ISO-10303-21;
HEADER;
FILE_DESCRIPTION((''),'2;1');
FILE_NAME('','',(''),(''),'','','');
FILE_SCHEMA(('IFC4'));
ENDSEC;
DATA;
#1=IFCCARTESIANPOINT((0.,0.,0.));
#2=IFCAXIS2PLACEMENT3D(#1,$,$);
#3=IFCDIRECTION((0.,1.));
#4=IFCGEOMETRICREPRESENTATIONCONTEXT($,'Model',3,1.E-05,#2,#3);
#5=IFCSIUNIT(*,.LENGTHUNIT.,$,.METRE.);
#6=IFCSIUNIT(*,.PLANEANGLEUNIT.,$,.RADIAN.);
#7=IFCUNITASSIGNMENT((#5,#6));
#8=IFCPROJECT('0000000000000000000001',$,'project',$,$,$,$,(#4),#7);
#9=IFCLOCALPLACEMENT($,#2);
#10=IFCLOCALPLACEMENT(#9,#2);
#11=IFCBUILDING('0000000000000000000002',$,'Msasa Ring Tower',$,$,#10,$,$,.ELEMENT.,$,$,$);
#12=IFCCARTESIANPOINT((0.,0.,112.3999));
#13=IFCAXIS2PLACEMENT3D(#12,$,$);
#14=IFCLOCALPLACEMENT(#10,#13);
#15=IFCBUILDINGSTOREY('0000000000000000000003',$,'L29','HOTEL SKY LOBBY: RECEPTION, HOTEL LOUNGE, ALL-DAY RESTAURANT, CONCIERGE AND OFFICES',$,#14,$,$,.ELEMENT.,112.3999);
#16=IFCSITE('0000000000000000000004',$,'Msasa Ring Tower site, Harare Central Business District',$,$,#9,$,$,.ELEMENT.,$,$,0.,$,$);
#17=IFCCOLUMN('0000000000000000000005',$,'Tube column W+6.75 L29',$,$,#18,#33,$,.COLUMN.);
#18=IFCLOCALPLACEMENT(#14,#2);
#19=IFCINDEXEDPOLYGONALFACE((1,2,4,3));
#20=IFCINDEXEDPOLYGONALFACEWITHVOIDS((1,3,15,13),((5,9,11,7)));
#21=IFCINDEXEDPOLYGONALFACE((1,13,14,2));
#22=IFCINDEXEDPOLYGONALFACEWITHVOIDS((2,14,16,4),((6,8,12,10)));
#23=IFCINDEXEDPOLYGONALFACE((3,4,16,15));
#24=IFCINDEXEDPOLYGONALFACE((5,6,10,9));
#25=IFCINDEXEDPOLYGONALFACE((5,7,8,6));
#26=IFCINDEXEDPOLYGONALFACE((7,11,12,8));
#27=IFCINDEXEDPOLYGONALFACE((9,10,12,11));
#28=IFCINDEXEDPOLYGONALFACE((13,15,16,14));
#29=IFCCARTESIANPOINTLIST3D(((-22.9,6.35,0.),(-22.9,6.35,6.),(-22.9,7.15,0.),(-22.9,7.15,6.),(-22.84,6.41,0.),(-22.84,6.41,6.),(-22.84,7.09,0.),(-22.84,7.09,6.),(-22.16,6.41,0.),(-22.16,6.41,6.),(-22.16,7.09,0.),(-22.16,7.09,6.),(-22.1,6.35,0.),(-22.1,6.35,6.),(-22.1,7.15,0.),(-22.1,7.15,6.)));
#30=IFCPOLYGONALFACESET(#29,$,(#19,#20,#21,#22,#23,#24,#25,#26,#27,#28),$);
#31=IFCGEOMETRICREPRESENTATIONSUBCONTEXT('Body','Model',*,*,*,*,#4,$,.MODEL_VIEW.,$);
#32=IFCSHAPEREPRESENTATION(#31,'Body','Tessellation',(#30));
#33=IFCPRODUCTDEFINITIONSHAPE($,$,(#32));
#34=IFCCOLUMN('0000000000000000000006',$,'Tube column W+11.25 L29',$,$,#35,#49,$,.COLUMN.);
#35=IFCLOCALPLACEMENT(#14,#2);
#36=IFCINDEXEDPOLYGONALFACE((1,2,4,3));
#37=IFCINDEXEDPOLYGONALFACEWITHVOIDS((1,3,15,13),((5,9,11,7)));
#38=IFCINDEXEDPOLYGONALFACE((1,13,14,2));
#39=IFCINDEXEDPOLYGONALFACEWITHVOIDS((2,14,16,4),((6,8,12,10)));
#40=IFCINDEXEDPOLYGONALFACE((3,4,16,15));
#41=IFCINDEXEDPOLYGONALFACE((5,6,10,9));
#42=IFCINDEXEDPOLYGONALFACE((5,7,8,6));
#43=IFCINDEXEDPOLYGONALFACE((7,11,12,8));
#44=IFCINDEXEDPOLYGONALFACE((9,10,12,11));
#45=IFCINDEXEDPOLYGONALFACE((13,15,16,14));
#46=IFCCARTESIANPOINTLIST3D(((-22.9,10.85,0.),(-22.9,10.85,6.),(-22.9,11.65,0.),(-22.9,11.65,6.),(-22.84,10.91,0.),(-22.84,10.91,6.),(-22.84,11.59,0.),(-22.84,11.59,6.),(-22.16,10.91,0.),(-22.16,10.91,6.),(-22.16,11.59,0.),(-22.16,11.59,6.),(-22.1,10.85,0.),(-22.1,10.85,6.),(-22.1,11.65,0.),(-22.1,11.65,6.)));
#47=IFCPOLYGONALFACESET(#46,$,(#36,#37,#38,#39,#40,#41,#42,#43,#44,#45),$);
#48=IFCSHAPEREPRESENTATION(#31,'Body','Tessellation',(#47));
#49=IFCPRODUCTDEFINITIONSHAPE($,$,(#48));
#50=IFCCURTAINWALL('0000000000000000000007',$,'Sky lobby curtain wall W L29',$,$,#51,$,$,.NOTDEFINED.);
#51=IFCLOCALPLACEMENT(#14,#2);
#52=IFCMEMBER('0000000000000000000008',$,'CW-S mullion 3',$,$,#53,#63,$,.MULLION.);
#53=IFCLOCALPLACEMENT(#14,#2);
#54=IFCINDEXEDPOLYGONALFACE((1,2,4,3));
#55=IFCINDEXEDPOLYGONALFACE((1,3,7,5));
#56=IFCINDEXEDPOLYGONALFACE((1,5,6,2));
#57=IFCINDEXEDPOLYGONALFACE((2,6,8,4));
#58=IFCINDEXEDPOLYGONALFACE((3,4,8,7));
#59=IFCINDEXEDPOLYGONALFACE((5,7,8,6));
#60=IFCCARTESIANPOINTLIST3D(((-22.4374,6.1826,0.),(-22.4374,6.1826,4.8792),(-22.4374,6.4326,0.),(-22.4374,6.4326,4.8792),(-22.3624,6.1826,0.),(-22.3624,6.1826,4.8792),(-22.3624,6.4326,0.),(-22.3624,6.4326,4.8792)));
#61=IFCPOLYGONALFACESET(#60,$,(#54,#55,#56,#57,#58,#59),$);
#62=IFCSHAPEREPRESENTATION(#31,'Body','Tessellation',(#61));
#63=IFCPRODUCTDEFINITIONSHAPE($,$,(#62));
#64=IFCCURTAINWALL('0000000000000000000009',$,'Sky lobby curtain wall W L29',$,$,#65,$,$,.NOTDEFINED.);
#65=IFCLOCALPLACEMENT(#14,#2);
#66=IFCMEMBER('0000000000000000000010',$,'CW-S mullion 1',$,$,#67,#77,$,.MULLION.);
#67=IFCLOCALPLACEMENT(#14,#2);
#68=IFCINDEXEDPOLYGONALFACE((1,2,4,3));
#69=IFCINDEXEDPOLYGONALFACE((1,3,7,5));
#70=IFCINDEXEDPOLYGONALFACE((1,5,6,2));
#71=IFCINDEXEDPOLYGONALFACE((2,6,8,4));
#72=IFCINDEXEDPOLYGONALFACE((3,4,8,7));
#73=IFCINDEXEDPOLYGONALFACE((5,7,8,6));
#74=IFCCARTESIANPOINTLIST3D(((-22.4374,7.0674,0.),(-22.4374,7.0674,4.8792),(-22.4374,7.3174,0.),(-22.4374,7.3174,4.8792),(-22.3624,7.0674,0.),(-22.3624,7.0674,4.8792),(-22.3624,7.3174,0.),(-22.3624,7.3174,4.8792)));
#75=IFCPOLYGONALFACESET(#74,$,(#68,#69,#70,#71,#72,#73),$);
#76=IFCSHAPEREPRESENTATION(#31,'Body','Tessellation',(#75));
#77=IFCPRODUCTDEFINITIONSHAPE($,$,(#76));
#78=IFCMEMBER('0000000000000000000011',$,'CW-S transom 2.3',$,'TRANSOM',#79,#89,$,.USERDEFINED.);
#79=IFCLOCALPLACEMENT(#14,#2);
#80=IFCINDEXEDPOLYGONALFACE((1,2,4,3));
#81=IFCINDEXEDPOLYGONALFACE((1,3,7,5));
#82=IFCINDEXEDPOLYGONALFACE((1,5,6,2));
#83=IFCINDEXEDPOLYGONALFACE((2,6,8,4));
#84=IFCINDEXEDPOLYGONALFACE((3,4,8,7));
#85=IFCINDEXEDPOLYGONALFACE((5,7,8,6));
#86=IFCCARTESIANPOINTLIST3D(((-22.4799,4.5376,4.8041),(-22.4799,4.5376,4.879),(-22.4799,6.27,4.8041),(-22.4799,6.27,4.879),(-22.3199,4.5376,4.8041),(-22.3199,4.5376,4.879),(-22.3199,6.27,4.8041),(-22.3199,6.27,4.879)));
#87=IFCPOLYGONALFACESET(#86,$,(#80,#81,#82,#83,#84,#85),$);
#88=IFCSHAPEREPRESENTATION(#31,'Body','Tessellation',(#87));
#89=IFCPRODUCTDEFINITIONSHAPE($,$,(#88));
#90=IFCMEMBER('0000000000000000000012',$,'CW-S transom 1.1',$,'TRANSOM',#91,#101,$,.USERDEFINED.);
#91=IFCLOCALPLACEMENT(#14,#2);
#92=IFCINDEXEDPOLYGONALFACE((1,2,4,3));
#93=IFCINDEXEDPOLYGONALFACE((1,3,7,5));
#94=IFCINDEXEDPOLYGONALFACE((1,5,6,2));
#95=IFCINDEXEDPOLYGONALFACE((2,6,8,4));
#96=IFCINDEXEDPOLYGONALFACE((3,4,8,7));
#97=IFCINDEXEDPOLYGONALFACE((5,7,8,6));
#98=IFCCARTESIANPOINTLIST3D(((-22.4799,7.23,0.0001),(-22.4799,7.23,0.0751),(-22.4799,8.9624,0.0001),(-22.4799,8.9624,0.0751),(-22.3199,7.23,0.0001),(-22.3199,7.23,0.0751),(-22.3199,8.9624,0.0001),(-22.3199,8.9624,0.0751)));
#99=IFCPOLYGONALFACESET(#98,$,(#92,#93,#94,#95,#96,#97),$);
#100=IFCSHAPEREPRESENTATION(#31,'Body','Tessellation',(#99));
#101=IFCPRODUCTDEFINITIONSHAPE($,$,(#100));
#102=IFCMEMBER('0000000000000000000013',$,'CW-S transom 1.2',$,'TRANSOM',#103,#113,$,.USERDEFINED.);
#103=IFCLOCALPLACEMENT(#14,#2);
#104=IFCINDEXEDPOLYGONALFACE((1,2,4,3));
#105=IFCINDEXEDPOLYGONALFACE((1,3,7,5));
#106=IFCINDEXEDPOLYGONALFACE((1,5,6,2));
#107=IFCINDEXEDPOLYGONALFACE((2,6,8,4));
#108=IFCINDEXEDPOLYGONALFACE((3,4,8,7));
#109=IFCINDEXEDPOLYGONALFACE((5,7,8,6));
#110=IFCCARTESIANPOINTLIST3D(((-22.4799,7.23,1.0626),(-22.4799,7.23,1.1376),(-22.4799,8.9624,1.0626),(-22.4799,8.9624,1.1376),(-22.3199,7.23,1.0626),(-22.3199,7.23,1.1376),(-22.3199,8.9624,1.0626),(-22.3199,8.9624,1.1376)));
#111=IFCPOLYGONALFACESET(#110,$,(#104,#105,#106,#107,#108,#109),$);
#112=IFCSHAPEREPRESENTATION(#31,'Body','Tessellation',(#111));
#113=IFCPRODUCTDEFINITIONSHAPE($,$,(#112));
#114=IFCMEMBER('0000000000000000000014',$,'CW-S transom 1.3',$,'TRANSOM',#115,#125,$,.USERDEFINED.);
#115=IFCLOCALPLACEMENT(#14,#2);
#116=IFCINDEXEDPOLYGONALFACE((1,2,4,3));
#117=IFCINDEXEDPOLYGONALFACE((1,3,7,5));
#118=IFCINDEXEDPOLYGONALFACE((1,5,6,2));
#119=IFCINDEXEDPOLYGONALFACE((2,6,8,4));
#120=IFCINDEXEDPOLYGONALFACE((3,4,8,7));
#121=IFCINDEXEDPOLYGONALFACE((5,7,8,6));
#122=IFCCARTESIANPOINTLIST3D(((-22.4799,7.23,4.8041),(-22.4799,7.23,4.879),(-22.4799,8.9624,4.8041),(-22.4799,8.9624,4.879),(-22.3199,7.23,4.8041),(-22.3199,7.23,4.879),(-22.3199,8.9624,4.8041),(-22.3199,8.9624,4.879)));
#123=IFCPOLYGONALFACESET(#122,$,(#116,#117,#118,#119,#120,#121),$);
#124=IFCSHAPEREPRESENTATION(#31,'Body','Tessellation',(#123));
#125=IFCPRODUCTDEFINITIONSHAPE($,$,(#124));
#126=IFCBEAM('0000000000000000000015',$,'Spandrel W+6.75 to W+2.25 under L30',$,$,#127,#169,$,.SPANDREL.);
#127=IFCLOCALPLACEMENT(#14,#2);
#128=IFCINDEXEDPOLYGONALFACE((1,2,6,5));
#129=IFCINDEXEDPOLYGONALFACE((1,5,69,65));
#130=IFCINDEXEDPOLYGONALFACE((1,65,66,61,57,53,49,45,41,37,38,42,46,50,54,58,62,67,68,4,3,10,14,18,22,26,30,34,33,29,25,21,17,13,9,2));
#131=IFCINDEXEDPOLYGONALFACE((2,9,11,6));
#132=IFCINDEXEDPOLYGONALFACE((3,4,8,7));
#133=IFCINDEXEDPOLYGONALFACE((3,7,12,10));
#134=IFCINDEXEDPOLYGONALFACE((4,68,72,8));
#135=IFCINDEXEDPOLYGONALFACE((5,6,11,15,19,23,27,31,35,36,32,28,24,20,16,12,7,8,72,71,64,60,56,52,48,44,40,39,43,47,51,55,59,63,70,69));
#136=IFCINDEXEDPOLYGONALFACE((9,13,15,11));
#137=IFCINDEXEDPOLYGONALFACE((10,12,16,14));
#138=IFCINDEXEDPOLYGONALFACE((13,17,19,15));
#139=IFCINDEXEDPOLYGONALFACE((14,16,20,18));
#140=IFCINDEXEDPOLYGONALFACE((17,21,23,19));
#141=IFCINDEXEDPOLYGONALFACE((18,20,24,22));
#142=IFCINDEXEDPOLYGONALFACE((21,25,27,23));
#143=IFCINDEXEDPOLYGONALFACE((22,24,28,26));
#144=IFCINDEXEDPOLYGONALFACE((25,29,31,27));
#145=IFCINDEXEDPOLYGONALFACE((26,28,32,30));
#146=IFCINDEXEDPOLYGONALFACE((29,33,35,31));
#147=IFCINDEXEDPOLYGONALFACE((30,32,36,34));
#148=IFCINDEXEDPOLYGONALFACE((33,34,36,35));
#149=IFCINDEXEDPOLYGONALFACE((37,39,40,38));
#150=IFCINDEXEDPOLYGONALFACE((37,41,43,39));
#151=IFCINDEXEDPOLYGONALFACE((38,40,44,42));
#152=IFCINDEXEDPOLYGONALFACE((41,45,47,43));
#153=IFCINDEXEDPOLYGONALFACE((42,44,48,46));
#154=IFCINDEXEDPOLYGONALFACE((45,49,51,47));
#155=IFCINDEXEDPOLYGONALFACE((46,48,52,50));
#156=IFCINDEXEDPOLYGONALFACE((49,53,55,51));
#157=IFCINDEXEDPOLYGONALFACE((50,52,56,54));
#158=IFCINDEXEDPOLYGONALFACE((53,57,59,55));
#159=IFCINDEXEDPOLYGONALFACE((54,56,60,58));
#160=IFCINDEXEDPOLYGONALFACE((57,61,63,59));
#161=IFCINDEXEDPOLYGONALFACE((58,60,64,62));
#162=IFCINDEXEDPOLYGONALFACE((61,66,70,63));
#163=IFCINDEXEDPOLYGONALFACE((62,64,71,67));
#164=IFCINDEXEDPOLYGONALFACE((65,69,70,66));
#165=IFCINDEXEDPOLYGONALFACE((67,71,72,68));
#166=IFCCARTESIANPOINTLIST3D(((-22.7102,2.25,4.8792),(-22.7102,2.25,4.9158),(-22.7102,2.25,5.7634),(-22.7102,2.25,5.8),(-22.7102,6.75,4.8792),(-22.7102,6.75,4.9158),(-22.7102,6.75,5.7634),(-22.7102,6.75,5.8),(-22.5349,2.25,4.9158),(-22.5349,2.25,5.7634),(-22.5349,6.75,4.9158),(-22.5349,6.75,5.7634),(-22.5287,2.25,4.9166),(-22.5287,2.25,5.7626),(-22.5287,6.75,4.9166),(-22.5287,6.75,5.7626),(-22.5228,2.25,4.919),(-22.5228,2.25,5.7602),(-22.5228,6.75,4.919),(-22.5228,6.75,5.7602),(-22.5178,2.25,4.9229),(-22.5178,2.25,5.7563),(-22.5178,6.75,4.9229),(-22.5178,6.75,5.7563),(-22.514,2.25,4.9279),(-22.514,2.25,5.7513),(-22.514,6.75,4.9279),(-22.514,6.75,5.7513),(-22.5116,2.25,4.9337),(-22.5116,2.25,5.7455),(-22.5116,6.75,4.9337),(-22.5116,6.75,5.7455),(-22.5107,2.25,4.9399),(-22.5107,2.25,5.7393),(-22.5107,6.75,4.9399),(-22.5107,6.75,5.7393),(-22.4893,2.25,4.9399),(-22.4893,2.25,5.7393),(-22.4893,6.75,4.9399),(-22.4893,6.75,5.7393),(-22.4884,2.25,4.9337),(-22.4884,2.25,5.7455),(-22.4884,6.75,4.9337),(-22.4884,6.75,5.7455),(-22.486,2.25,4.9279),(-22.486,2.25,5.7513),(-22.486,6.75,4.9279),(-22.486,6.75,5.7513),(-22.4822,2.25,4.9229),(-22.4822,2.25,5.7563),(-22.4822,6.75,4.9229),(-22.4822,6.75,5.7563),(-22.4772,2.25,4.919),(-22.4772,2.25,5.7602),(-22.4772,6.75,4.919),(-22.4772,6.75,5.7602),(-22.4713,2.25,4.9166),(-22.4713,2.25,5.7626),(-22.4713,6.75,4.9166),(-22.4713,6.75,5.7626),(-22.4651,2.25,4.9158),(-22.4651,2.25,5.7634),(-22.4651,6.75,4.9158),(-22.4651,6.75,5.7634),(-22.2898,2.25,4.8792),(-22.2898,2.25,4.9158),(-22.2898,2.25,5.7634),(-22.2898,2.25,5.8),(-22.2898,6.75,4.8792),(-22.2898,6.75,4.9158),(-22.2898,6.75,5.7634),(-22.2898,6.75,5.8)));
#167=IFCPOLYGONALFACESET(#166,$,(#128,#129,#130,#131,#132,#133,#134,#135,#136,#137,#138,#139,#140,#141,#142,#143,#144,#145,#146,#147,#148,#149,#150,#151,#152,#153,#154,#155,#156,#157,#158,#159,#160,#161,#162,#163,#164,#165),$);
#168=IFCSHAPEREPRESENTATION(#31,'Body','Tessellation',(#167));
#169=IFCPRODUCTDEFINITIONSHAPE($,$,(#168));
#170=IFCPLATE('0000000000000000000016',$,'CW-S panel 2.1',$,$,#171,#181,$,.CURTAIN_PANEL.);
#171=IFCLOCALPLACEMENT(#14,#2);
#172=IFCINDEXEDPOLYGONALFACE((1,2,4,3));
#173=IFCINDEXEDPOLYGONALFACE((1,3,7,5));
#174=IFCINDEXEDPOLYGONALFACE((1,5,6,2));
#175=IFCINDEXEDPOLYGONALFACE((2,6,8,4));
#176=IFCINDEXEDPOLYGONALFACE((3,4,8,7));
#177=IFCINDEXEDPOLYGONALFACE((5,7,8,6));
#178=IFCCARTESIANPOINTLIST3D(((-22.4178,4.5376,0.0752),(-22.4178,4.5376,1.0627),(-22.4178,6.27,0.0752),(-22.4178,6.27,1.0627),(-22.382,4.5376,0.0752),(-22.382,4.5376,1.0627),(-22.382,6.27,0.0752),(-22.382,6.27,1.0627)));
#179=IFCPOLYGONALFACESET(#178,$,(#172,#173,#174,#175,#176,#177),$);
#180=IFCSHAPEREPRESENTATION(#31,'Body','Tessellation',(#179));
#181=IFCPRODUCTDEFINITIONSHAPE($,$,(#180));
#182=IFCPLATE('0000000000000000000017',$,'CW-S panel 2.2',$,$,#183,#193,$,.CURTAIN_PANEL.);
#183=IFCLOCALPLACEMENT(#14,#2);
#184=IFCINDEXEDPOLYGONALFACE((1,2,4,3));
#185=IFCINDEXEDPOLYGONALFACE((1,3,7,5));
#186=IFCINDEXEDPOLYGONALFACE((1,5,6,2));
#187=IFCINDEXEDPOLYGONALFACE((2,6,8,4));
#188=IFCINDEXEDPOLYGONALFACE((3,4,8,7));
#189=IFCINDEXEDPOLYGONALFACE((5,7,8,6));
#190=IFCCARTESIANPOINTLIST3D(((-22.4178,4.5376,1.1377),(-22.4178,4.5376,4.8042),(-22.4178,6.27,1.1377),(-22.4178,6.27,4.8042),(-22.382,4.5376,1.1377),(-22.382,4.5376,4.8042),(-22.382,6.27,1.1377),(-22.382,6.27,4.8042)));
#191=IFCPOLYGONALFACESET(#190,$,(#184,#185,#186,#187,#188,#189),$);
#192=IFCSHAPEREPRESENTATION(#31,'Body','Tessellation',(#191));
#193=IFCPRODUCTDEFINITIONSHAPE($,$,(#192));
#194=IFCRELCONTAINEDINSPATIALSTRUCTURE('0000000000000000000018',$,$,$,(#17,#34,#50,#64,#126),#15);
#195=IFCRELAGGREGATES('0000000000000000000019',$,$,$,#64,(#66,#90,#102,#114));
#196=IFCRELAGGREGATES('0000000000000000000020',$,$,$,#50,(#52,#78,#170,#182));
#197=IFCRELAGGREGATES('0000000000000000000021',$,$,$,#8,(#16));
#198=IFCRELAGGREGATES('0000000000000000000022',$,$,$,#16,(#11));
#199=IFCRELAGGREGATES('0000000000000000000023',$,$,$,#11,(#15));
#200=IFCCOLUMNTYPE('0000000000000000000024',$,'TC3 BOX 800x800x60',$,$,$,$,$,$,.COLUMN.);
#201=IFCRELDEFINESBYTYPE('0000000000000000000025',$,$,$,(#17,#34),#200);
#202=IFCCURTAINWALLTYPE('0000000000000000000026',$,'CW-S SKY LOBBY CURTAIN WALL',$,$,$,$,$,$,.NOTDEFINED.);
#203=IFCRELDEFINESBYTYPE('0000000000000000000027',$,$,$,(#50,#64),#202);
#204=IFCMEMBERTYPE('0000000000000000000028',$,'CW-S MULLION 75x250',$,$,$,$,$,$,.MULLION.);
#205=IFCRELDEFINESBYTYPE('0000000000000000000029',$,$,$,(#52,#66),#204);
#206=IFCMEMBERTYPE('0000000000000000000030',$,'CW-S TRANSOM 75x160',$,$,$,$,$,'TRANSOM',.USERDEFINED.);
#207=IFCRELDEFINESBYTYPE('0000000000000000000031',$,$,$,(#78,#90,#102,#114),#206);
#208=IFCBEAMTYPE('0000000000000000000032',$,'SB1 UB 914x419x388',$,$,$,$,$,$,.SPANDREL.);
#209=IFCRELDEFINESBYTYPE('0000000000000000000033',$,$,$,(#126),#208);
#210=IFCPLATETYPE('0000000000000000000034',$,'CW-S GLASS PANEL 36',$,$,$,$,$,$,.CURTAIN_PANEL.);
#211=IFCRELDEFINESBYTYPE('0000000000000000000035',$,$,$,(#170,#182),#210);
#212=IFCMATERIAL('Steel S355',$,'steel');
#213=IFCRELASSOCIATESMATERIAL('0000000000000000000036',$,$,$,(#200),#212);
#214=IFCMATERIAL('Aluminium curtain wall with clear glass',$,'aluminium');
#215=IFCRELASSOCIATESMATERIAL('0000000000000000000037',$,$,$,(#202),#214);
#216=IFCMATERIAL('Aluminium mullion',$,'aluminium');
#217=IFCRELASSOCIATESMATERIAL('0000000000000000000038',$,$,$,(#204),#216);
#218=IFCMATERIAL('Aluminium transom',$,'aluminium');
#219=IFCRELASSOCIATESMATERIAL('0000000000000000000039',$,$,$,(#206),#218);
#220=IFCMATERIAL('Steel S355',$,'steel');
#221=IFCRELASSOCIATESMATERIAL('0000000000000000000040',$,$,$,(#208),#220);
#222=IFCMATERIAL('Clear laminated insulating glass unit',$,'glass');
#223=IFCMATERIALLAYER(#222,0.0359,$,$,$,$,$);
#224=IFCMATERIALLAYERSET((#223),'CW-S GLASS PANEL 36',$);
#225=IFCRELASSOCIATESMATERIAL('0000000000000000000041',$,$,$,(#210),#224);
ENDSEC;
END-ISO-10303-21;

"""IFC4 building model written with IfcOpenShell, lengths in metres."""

from ifc_helpers import new_model, si_unit, direction, frame, origin, origin_2d, place, context, subcontext, project, spatial, rectangle, hollow_rectangle, i_section, extrude, material, layer, layer_set, material_profile, profile_set, type_object, element, aggregate, save


model = new_model("IFC4")

# Units and contexts
model_context = context("Model", 3, precision=1e-05, world=origin(), true_north=direction((0.0, 1.0)))
body_context = subcontext(model_context, "Body", "Model", "MODEL_VIEW")
ifc_project = project(units=[si_unit("LENGTHUNIT", "METRE"), si_unit("PLANEANGLEUNIT", "RADIAN")], contexts=[model_context])

# Site, building, storey
site_placement = place(None, origin())
site = spatial("IfcSite", under=ifc_project, at=site_placement, Name="Msasa Ring Tower site, Harare Central Business District", CompositionType="ELEMENT", RefElevation=0.0)
building_placement = place(site_placement, origin())
building = spatial("IfcBuilding", under=site, at=building_placement, Name="Msasa Ring Tower", CompositionType="ELEMENT")
storey_placement = place(building_placement, frame((0.0, 0.0, 112.3999)))
storey = spatial("IfcBuildingStorey", under=building, at=storey_placement, Name="L29", Description="HOTEL SKY LOBBY: RECEPTION, HOTEL LOUNGE, ALL-DAY RESTAURANT, CONCIERGE AND OFFICES", CompositionType="ELEMENT", Elevation=112.3999)

# Columns
ifc_material_1 = material(Name="Steel S355", Category="steel")
ifc_material_profile_1 = material_profile(ifc_material_1, hollow_rectangle(XDim=0.8, YDim=0.8, WallThickness=0.0601, at=origin_2d()), Name="BOX 800x800x60")
ifc_profile_set_1 = profile_set([ifc_material_profile_1], Name="Steel S355")
column_type = type_object("IfcColumnType", Name="TC3 BOX 800x800x60", PredefinedType="COLUMN", material=ifc_profile_set_1)
for number, where, z_axis, x_axis, name in (
    (1, (-22.5, 6.75, 0.0), (0.0, 0.0, 1.0), (1.0, 0.0, 0.0), "Tube column W+6.75 L29"),
    (2, (-22.5, 11.25, 0.0), (0.0, 0.0, 1.0), (1.0, 0.0, 0.0), "Tube column W+11.25 L29"),
):
    element("IfcColumn", number, at=place(storey_placement, frame(where, z_axis=z_axis, x_axis=x_axis)), inside=storey, type_object=column_type, Name=name, PredefinedType="COLUMN", context=body_context, shape_type="SweptSolid", body=[
        extrude(hollow_rectangle(XDim=0.8, YDim=0.8, WallThickness=0.0601, at=origin_2d()), origin(), (0.0, 0.0, 1.0), 6.0),
    ])

# Curtain walls, members
ifc_material_2 = material(Name="Aluminium curtain wall with clear glass", Category="aluminium")
curtain_wall_type = type_object("IfcCurtainWallType", Name="CW-S SKY LOBBY CURTAIN WALL", PredefinedType="NOTDEFINED", material=ifc_material_2)
curtain_wall_1_placement = place(storey_placement, origin())
curtain_wall_1 = element("IfcCurtainWall", 3, at=curtain_wall_1_placement, inside=storey, type_object=curtain_wall_type, Name="Sky lobby curtain wall W L29", PredefinedType="NOTDEFINED")
ifc_material_3 = material(Name="Aluminium mullion", Category="aluminium")
ifc_material_profile_2 = material_profile(ifc_material_3, rectangle(XDim=0.075, YDim=0.25, at=origin_2d()), Name="AL 75x250")
ifc_profile_set_2 = profile_set([ifc_material_profile_2], Name="Aluminium mullion")
member_type_1 = type_object("IfcMemberType", Name="CW-S MULLION 75x250", PredefinedType="MULLION", material=ifc_profile_set_2)
member_1_placement = place(storey_placement, frame((-22.3999, 6.3076, 0.0), z_axis=(0.0, 0.0, 1.0), x_axis=(-1.0, 0.0, 0.0)))
member_1 = element("IfcMember", 4, at=member_1_placement, type_object=member_type_1, Name="CW-S mullion 3", PredefinedType="MULLION", context=body_context, shape_type="SweptSolid", body=[
    extrude(rectangle(XDim=0.075, YDim=0.25, at=origin_2d()), origin(), (0.0, 0.0, 1.0), 4.8792),
])
curtain_wall_2_placement = place(storey_placement, origin())
curtain_wall_2 = element("IfcCurtainWall", 5, at=curtain_wall_2_placement, inside=storey, type_object=curtain_wall_type, Name="Sky lobby curtain wall W L29", PredefinedType="NOTDEFINED")
member_2_placement = place(storey_placement, frame((-22.3999, 7.1924, 0.0), z_axis=(0.0, 0.0, 1.0), x_axis=(-1.0, 0.0, 0.0)))
member_2 = element("IfcMember", 6, at=member_2_placement, type_object=member_type_1, Name="CW-S mullion 1", PredefinedType="MULLION", context=body_context, shape_type="SweptSolid", body=[
    extrude(rectangle(XDim=0.075, YDim=0.25, at=origin_2d()), origin(), (0.0, 0.0, 1.0), 4.8792),
])

# Members
ifc_material_4 = material(Name="Aluminium transom", Category="aluminium")
ifc_material_profile_3 = material_profile(ifc_material_4, rectangle(XDim=0.1599, YDim=0.075, at=origin_2d()), Name="AL 75x160")
ifc_profile_set_3 = profile_set([ifc_material_profile_3], Name="Aluminium transom")
member_type_2 = type_object("IfcMemberType", Name="CW-S TRANSOM 75x160", ElementType="TRANSOM", PredefinedType="USERDEFINED", material=ifc_profile_set_3)
member_3_placement = place(storey_placement, frame((-22.3999, 4.5376, 4.8416), z_axis=(0.0, 1.0, 0.0), x_axis=(-1.0, 0.0, 0.0)))
member_3 = element("IfcMember", 7, at=member_3_placement, type_object=member_type_2, Name="CW-S transom 2.3", ObjectType="TRANSOM", PredefinedType="USERDEFINED", context=body_context, shape_type="SweptSolid", body=[
    extrude(rectangle(XDim=0.1599, YDim=0.075, at=origin_2d()), origin(), (0.0, 0.0, 1.0), 1.7324),
])
member_4_placement = place(storey_placement, frame((-22.3999, 7.23, 0.0376), z_axis=(0.0, 1.0, 0.0), x_axis=(-1.0, 0.0, 0.0)))
member_4 = element("IfcMember", 8, at=member_4_placement, type_object=member_type_2, Name="CW-S transom 1.1", ObjectType="TRANSOM", PredefinedType="USERDEFINED", context=body_context, shape_type="SweptSolid", body=[
    extrude(rectangle(XDim=0.1599, YDim=0.075, at=origin_2d()), origin(), (0.0, 0.0, 1.0), 1.7324),
])
member_5_placement = place(storey_placement, frame((-22.3999, 7.23, 1.1001), z_axis=(0.0, 1.0, 0.0), x_axis=(-1.0, 0.0, 0.0)))
member_5 = element("IfcMember", 9, at=member_5_placement, type_object=member_type_2, Name="CW-S transom 1.2", ObjectType="TRANSOM", PredefinedType="USERDEFINED", context=body_context, shape_type="SweptSolid", body=[
    extrude(rectangle(XDim=0.1599, YDim=0.075, at=origin_2d()), origin(), (0.0, 0.0, 1.0), 1.7324),
])
member_6_placement = place(storey_placement, frame((-22.3999, 7.23, 4.8416), z_axis=(0.0, 1.0, 0.0), x_axis=(-1.0, 0.0, 0.0)))
member_6 = element("IfcMember", 10, at=member_6_placement, type_object=member_type_2, Name="CW-S transom 1.3", ObjectType="TRANSOM", PredefinedType="USERDEFINED", context=body_context, shape_type="SweptSolid", body=[
    extrude(rectangle(XDim=0.1599, YDim=0.075, at=origin_2d()), origin(), (0.0, 0.0, 1.0), 1.7324),
])
aggregate(curtain_wall_2, [member_2, member_4, member_5, member_6])

# Beam
ifc_material_5 = material(Name="Steel S355", Category="steel")
ifc_material_profile_4 = material_profile(ifc_material_5, i_section(OverallWidth=0.4204, OverallDepth=0.9209, WebThickness=0.0215, FlangeThickness=0.0366, FilletRadius=0.0242, at=origin_2d()), Name="UB 914x419x388")
ifc_profile_set_4 = profile_set([ifc_material_profile_4], Name="Steel S355")
beam_type = type_object("IfcBeamType", Name="SB1 UB 914x419x388", PredefinedType="SPANDREL", material=ifc_profile_set_4)
beam_placement = place(storey_placement, frame((-22.5, 6.75, 5.3396), z_axis=(0.0, -1.0, 0.0), x_axis=(1.0, 0.0, 0.0)))
element("IfcBeam", 11, at=beam_placement, inside=storey, type_object=beam_type, Name="Spandrel W+6.75 to W+2.25 under L30", PredefinedType="SPANDREL", context=body_context, shape_type="SweptSolid", body=[
    extrude(i_section(OverallWidth=0.4204, OverallDepth=0.9209, WebThickness=0.0215, FlangeThickness=0.0366, FilletRadius=0.0242, at=origin_2d()), origin(), (0.0, 0.0, 1.0), 4.5),
])

# Plates
ifc_material_6 = material(Name="Clear laminated insulating glass unit", Category="glass")
ifc_layer = layer(ifc_material_6, 0.0359)
ifc_layer_set = layer_set([ifc_layer], Name="CW-S GLASS PANEL 36")
plate_type = type_object("IfcPlateType", Name="CW-S GLASS PANEL 36", PredefinedType="CURTAIN_PANEL", material=ifc_layer_set)
plate_1_placement = place(storey_placement, frame((-22.3999, 5.4038, 0.0752), z_axis=(0.0, 0.0, 1.0), x_axis=(0.0, 1.0, 0.0)))
plate_1 = element("IfcPlate", 12, at=plate_1_placement, type_object=plate_type, Name="CW-S panel 2.1", PredefinedType="CURTAIN_PANEL", context=body_context, shape_type="SweptSolid", body=[
    extrude(rectangle(XDim=1.7324, YDim=0.0359, at=origin_2d()), origin(), (0.0, 0.0, 1.0), 0.9875),
])
plate_2_placement = place(storey_placement, frame((-22.3999, 5.4038, 1.1377), z_axis=(0.0, 0.0, 1.0), x_axis=(0.0, 1.0, 0.0)))
plate_2 = element("IfcPlate", 13, at=plate_2_placement, type_object=plate_type, Name="CW-S panel 2.2", PredefinedType="CURTAIN_PANEL", context=body_context, shape_type="SweptSolid", body=[
    extrude(rectangle(XDim=1.7324, YDim=0.0359, at=origin_2d()), origin(), (0.0, 0.0, 1.0), 3.6665),
])
aggregate(curtain_wall_1, [member_1, member_3, plate_1, plate_2])

save(model, "model.ifc")
